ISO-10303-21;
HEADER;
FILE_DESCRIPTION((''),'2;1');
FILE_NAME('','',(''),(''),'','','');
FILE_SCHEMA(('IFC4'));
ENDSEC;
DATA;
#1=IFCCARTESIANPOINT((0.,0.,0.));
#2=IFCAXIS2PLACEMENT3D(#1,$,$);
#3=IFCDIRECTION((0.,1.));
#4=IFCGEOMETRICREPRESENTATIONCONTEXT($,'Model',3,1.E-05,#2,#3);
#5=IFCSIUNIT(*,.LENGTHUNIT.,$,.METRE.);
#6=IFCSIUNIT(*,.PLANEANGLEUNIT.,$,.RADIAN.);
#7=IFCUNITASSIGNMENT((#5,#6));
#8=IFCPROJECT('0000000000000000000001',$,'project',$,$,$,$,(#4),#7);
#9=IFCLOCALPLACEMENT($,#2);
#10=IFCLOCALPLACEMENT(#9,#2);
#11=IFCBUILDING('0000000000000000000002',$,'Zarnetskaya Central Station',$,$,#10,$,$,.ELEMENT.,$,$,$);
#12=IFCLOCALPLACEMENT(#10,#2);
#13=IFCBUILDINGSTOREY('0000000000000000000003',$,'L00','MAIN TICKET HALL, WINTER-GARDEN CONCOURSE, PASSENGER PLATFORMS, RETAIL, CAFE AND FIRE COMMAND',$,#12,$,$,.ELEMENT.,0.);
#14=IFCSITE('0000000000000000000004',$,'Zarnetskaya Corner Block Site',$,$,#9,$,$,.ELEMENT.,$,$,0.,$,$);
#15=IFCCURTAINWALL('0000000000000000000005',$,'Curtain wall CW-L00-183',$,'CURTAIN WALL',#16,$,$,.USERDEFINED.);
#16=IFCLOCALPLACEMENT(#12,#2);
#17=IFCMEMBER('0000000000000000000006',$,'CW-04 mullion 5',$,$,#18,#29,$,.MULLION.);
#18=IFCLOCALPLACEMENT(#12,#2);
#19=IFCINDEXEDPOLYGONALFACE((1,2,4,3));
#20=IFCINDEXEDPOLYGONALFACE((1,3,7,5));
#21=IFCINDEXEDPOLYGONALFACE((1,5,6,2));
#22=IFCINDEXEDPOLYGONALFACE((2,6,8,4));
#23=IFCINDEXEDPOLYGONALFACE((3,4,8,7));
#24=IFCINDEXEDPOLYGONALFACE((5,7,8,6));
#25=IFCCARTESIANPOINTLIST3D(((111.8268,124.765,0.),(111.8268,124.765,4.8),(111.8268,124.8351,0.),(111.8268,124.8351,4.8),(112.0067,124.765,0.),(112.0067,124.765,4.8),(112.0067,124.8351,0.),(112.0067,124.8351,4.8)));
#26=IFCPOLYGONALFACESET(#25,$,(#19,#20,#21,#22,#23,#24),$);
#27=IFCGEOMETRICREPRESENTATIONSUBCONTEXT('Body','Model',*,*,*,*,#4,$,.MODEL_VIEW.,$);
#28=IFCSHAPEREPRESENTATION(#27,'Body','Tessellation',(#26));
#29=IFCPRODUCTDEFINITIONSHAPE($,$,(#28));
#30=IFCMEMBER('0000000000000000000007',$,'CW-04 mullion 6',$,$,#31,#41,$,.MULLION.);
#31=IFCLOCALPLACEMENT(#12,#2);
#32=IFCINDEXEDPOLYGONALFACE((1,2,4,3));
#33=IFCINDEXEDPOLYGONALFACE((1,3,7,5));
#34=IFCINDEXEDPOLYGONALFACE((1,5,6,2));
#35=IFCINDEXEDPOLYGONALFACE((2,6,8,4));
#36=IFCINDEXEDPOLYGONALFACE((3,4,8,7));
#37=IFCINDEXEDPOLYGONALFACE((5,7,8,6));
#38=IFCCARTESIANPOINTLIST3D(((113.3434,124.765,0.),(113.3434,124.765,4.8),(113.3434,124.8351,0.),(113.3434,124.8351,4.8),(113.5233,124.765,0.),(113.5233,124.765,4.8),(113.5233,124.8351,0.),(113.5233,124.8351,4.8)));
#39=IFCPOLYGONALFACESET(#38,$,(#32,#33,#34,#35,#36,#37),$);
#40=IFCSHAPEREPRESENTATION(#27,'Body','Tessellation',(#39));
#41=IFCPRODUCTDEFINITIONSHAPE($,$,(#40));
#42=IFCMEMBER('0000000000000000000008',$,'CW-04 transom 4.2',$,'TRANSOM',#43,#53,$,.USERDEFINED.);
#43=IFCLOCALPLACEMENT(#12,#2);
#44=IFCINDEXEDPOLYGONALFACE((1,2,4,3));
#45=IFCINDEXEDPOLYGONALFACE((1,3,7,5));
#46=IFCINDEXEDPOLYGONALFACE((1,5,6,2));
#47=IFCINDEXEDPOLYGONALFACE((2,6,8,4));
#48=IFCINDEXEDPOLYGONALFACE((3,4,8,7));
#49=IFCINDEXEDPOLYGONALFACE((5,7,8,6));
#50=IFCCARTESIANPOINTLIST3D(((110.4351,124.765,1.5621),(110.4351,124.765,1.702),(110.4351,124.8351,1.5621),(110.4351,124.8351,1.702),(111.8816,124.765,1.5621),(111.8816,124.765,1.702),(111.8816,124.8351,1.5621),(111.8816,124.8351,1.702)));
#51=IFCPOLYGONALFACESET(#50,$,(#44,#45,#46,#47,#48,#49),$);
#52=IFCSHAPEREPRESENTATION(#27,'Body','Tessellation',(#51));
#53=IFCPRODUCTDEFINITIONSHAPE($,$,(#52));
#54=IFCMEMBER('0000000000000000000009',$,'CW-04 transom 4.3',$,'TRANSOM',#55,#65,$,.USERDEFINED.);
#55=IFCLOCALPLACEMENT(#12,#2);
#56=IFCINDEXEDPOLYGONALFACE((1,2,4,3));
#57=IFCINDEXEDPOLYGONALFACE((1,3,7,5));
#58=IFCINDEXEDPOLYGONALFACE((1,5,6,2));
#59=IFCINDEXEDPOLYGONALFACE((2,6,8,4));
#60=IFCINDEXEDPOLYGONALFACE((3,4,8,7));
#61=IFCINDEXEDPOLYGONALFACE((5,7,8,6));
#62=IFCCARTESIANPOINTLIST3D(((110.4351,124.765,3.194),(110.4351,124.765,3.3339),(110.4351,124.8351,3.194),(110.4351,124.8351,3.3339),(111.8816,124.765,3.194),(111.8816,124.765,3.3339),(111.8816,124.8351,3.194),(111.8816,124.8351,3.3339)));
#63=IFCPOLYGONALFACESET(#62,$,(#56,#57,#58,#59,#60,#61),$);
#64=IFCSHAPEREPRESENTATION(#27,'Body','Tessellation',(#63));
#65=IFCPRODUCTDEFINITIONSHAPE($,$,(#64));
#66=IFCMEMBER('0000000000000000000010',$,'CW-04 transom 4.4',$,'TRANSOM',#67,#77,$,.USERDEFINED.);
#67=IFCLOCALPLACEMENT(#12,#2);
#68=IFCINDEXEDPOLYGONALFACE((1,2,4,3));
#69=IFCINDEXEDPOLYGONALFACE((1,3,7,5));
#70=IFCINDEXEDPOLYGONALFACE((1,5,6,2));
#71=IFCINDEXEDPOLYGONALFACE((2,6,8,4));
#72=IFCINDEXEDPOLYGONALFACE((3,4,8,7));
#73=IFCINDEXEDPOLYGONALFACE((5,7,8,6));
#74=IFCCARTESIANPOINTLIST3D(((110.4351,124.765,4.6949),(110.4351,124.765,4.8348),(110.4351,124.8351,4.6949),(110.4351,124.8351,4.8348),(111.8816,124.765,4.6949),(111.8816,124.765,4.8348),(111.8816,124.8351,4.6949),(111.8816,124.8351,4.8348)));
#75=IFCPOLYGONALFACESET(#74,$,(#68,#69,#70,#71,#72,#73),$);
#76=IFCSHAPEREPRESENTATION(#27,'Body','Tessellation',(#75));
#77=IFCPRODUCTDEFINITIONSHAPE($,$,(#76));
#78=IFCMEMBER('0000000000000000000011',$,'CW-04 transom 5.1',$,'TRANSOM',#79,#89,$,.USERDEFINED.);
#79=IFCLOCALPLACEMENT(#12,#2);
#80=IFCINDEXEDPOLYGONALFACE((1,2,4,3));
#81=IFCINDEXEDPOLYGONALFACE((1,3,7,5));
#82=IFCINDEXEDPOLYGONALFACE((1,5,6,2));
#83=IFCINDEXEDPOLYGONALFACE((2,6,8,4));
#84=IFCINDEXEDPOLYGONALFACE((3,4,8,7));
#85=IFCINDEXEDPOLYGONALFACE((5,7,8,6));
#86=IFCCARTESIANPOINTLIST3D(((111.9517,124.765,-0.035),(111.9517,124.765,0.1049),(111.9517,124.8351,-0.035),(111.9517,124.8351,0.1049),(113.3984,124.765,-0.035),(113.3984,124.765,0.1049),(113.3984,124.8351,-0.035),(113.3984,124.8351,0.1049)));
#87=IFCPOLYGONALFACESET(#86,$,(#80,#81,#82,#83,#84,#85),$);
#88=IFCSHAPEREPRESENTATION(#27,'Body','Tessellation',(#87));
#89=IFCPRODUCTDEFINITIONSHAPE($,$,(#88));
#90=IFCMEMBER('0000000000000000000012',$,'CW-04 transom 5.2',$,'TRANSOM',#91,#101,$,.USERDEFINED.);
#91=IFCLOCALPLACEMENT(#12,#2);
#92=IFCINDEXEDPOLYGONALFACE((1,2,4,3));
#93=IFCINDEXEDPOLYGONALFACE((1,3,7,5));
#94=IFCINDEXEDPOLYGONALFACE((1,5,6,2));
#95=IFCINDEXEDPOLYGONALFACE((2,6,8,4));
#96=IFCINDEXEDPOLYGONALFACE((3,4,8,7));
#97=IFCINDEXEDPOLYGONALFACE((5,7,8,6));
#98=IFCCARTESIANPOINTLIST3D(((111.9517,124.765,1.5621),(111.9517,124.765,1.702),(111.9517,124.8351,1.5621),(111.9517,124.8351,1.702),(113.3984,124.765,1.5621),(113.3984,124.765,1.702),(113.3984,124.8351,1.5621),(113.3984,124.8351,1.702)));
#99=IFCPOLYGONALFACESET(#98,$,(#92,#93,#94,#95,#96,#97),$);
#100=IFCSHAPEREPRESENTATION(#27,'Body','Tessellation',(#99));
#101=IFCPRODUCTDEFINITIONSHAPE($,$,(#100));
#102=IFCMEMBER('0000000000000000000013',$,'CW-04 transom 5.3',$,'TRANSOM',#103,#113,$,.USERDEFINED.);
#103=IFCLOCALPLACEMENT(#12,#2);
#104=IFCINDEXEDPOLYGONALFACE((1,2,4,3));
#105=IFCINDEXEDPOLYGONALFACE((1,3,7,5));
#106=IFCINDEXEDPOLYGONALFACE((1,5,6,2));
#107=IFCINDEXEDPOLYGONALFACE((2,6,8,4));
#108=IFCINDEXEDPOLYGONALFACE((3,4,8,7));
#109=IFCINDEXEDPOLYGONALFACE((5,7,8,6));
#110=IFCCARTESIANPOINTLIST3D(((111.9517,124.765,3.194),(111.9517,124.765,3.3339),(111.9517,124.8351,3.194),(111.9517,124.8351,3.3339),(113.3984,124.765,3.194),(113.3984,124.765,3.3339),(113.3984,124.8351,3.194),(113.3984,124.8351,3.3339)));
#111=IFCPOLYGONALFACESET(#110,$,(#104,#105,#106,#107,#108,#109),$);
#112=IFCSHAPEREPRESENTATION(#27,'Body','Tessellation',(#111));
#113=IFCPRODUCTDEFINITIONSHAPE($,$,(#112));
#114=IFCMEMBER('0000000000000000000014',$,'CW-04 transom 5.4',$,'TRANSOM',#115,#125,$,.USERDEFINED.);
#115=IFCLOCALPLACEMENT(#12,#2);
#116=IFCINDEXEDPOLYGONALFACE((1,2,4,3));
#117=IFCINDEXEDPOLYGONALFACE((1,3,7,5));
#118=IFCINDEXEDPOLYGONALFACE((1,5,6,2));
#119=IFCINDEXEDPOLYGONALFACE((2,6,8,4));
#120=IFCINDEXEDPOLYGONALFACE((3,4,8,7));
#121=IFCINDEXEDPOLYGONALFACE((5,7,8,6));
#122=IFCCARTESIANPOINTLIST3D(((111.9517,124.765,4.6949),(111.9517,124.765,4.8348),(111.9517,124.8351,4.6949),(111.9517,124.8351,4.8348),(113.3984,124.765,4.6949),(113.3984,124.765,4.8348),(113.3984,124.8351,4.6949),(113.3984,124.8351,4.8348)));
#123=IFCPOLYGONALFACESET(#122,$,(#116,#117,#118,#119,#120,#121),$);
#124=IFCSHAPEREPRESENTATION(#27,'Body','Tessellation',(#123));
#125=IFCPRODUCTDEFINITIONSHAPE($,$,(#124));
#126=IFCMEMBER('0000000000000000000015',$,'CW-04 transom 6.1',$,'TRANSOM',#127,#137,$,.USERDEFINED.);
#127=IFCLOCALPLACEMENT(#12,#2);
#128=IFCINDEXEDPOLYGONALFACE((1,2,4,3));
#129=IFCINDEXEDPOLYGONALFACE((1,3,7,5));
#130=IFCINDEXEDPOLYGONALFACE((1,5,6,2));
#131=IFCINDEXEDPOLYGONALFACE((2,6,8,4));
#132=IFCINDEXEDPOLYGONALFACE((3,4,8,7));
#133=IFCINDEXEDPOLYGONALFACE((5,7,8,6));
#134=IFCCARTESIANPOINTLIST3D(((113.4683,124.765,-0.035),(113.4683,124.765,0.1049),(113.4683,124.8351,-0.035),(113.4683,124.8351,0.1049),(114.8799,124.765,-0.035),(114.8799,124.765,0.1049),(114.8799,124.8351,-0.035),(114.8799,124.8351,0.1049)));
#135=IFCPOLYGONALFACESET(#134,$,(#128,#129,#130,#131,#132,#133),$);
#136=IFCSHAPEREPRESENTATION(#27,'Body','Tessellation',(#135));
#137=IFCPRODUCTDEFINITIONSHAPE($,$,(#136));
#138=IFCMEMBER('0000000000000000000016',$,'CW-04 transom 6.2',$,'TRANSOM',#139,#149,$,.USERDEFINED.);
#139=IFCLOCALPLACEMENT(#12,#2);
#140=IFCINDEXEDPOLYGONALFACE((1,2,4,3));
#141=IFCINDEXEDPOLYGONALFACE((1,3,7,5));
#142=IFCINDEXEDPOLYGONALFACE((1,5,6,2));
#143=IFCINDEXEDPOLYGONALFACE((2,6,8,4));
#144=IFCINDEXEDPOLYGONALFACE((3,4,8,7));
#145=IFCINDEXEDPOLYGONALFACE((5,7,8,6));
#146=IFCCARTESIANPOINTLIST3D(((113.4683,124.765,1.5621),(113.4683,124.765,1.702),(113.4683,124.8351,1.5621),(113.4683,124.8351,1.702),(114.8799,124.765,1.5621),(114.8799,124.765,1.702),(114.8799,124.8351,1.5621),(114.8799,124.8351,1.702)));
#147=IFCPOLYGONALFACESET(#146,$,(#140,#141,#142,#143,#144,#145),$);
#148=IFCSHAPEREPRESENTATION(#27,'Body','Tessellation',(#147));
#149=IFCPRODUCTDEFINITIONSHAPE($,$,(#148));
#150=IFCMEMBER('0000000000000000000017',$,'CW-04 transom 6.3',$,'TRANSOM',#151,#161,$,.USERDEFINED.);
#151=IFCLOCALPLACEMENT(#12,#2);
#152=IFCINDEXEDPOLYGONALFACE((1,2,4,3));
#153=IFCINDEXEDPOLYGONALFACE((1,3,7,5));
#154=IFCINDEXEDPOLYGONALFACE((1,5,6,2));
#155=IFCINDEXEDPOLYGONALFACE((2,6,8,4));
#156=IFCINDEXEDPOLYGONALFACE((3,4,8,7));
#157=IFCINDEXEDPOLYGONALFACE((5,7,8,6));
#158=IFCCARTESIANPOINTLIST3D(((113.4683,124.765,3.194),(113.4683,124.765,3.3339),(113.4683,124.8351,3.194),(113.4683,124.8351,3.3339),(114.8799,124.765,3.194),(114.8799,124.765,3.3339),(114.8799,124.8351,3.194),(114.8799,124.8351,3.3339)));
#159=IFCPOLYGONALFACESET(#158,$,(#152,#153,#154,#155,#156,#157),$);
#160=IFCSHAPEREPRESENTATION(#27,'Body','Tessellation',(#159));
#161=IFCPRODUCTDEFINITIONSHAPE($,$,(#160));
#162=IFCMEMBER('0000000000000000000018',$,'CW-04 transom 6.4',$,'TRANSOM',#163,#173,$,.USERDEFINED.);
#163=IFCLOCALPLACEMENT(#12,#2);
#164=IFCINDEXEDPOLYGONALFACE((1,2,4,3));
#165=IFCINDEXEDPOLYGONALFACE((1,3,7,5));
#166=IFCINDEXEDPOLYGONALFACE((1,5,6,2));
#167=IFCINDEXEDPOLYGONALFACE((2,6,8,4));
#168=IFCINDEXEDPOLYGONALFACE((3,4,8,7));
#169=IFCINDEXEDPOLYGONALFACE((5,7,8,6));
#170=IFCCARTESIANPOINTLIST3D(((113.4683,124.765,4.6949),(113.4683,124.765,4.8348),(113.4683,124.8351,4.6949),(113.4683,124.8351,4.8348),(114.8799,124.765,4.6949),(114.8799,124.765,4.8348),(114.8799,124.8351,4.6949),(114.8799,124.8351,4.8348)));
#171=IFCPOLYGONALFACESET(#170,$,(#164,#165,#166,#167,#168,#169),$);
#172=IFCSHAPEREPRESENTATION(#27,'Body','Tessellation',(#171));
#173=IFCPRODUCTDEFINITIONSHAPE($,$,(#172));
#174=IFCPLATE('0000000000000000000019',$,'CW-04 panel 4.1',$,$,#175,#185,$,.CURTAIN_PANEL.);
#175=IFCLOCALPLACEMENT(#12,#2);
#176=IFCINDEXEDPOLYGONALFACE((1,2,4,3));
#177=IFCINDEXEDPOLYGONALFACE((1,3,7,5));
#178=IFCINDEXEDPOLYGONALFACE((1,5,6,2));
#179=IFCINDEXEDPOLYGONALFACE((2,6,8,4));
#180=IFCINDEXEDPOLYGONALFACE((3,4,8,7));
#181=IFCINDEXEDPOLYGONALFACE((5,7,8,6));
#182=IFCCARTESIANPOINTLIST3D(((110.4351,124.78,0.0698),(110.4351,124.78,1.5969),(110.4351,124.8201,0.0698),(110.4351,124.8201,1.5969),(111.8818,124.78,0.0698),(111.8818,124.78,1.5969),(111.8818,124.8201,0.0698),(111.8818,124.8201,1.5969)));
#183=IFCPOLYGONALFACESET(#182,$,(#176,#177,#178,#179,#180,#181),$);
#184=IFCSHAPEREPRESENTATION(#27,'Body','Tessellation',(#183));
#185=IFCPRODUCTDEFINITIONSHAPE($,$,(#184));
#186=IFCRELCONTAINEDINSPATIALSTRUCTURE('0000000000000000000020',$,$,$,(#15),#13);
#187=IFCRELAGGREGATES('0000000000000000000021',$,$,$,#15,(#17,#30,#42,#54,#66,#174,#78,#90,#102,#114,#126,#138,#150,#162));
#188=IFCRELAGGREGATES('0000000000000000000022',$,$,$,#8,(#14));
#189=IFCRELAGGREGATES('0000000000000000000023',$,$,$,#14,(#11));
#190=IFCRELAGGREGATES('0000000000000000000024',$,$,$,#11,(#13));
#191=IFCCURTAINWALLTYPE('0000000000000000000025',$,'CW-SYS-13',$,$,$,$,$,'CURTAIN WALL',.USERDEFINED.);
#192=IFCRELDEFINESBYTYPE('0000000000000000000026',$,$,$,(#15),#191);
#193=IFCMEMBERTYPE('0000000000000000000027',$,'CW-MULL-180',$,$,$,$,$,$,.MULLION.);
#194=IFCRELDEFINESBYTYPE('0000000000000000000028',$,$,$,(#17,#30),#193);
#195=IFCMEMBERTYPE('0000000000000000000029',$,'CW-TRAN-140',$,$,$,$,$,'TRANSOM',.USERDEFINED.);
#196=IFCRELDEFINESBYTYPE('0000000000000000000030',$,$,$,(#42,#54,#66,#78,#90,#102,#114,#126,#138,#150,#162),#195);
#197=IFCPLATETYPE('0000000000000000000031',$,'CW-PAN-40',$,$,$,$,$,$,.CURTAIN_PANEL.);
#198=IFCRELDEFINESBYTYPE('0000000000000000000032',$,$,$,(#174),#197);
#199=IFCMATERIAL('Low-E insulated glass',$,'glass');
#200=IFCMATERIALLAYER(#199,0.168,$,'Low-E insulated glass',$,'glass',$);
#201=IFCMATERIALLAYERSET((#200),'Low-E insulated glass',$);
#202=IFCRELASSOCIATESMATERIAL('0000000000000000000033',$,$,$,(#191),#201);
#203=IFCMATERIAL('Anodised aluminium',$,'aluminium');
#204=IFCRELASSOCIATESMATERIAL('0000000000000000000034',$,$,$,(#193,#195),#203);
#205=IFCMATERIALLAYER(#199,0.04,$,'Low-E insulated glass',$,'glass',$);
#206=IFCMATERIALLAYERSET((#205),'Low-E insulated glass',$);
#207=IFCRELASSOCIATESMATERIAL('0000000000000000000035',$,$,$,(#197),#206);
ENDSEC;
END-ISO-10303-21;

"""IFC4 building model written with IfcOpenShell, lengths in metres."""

from ifc_helpers import new_model, si_unit, direction, frame, origin, origin_2d, place, context, subcontext, project, spatial, rectangle, extrude, material, layer, layer_set, material_profile, profile_set, type_object, element, aggregate, save


model = new_model("IFC4")

# Units and contexts
model_context = context("Model", 3, precision=1e-05, world=origin(), true_north=direction((0.0, 1.0)))
body_context = subcontext(model_context, "Body", "Model", "MODEL_VIEW")
ifc_project = project(units=[si_unit("LENGTHUNIT", "METRE"), si_unit("PLANEANGLEUNIT", "RADIAN")], contexts=[model_context])

# Site, building, storey
site_placement = place(None, origin())
site = spatial("IfcSite", under=ifc_project, at=site_placement, Name="Zarnetskaya Corner Block Site", CompositionType="ELEMENT", RefElevation=0.0)
building_placement = place(site_placement, origin())
building = spatial("IfcBuilding", under=site, at=building_placement, Name="Zarnetskaya Central Station", CompositionType="ELEMENT")
storey_placement = place(building_placement, origin())
storey = spatial("IfcBuildingStorey", under=building, at=storey_placement, Name="L00", Description="MAIN TICKET HALL, WINTER-GARDEN CONCOURSE, PASSENGER PLATFORMS, RETAIL, CAFE AND FIRE COMMAND", CompositionType="ELEMENT", Elevation=0.0)

# Curtain wall, members, plate
ifc_material_1 = material(Name="Low-E insulated glass", Category="glass")
ifc_layer_1 = layer(ifc_material_1, 0.168, Name="Low-E insulated glass", Category="glass")
ifc_layer_set_1 = layer_set([ifc_layer_1], Name="Low-E insulated glass")
curtain_wall_type = type_object("IfcCurtainWallType", Name="CW-SYS-13", ElementType="CURTAIN WALL", PredefinedType="USERDEFINED", material=ifc_layer_set_1)
curtain_wall_placement = place(storey_placement, origin())
curtain_wall = element("IfcCurtainWall", 1, at=curtain_wall_placement, inside=storey, type_object=curtain_wall_type, Name="Curtain wall CW-L00-183", ObjectType="CURTAIN WALL", PredefinedType="USERDEFINED")
ifc_material_2 = material(Name="Anodised aluminium", Category="aluminium")
ifc_material_profile_1 = material_profile(ifc_material_2, rectangle(XDim=0.0701, YDim=0.1799, at=origin_2d()), Name="ALU MULL 70x180")
ifc_profile_set_1 = profile_set([ifc_material_profile_1], Name="Anodised aluminium")
member_type_1 = type_object("IfcMemberType", Name="CW-MULL-180", PredefinedType="MULLION", material=ifc_profile_set_1)
member_1_placement = place(storey_placement, frame((111.9167, 124.8, 0.0), z_axis=(0.0, 0.0, 1.0), x_axis=(0.0, 1.0, 0.0)))
member_1 = element("IfcMember", 2, at=member_1_placement, type_object=member_type_1, Name="CW-04 mullion 5", PredefinedType="MULLION", context=body_context, shape_type="SweptSolid", body=[
    extrude(rectangle(XDim=0.0701, YDim=0.1799, at=origin_2d()), origin(), (0.0, 0.0, 1.0), 4.8),
])
member_2_placement = place(storey_placement, frame((113.4333, 124.8, 0.0), z_axis=(0.0, 0.0, 1.0), x_axis=(0.0, 1.0, 0.0)))
member_2 = element("IfcMember", 3, at=member_2_placement, type_object=member_type_1, Name="CW-04 mullion 6", PredefinedType="MULLION", context=body_context, shape_type="SweptSolid", body=[
    extrude(rectangle(XDim=0.0701, YDim=0.1799, at=origin_2d()), origin(), (0.0, 0.0, 1.0), 4.8),
])
ifc_material_profile_2 = material_profile(ifc_material_2, rectangle(XDim=0.0701, YDim=0.1399, at=origin_2d()), Name="ALU TRAN 70x140")
ifc_profile_set_2 = profile_set([ifc_material_profile_2], Name="Anodised aluminium")
member_type_2 = type_object("IfcMemberType", Name="CW-TRAN-140", ElementType="TRANSOM", PredefinedType="USERDEFINED", material=ifc_profile_set_2)
member_3_placement = place(storey_placement, frame((110.4351, 124.8, 1.6321), z_axis=(1.0, 0.0, 0.0), x_axis=(0.0, 1.0, 0.0)))
member_3 = element("IfcMember", 4, at=member_3_placement, type_object=member_type_2, Name="CW-04 transom 4.2", ObjectType="TRANSOM", PredefinedType="USERDEFINED", context=body_context, shape_type="SweptSolid", body=[
    extrude(rectangle(XDim=0.0701, YDim=0.1399, at=origin_2d()), origin(), (0.0, 0.0, 1.0), 1.4465),
])
member_4_placement = place(storey_placement, frame((110.4351, 124.8, 3.2639), z_axis=(1.0, 0.0, 0.0), x_axis=(0.0, 1.0, 0.0)))
member_4 = element("IfcMember", 5, at=member_4_placement, type_object=member_type_2, Name="CW-04 transom 4.3", ObjectType="TRANSOM", PredefinedType="USERDEFINED", context=body_context, shape_type="SweptSolid", body=[
    extrude(rectangle(XDim=0.0701, YDim=0.1399, at=origin_2d()), origin(), (0.0, 0.0, 1.0), 1.4465),
])
member_5_placement = place(storey_placement, frame((110.4351, 124.8, 4.7649), z_axis=(1.0, 0.0, 0.0), x_axis=(0.0, 1.0, 0.0)))
member_5 = element("IfcMember", 6, at=member_5_placement, type_object=member_type_2, Name="CW-04 transom 4.4", ObjectType="TRANSOM", PredefinedType="USERDEFINED", context=body_context, shape_type="SweptSolid", body=[
    extrude(rectangle(XDim=0.0701, YDim=0.1399, at=origin_2d()), origin(), (0.0, 0.0, 1.0), 1.4465),
])
member_6_placement = place(storey_placement, frame((111.9517, 124.8, 0.0349), z_axis=(1.0, 0.0, 0.0), x_axis=(0.0, 1.0, 0.0)))
member_6 = element("IfcMember", 7, at=member_6_placement, type_object=member_type_2, Name="CW-04 transom 5.1", ObjectType="TRANSOM", PredefinedType="USERDEFINED", context=body_context, shape_type="SweptSolid", body=[
    extrude(rectangle(XDim=0.0701, YDim=0.1399, at=origin_2d()), origin(), (0.0, 0.0, 1.0), 1.4468),
])
member_7_placement = place(storey_placement, frame((111.9517, 124.8, 1.6321), z_axis=(1.0, 0.0, 0.0), x_axis=(0.0, 1.0, 0.0)))
member_7 = element("IfcMember", 8, at=member_7_placement, type_object=member_type_2, Name="CW-04 transom 5.2", ObjectType="TRANSOM", PredefinedType="USERDEFINED", context=body_context, shape_type="SweptSolid", body=[
    extrude(rectangle(XDim=0.0701, YDim=0.1399, at=origin_2d()), origin(), (0.0, 0.0, 1.0), 1.4468),
])
member_8_placement = place(storey_placement, frame((111.9517, 124.8, 3.2639), z_axis=(1.0, 0.0, 0.0), x_axis=(0.0, 1.0, 0.0)))
member_8 = element("IfcMember", 9, at=member_8_placement, type_object=member_type_2, Name="CW-04 transom 5.3", ObjectType="TRANSOM", PredefinedType="USERDEFINED", context=body_context, shape_type="SweptSolid", body=[
    extrude(rectangle(XDim=0.0701, YDim=0.1399, at=origin_2d()), origin(), (0.0, 0.0, 1.0), 1.4468),
])
member_9_placement = place(storey_placement, frame((111.9517, 124.8, 4.7649), z_axis=(1.0, 0.0, 0.0), x_axis=(0.0, 1.0, 0.0)))
member_9 = element("IfcMember", 10, at=member_9_placement, type_object=member_type_2, Name="CW-04 transom 5.4", ObjectType="TRANSOM", PredefinedType="USERDEFINED", context=body_context, shape_type="SweptSolid", body=[
    extrude(rectangle(XDim=0.0701, YDim=0.1399, at=origin_2d()), origin(), (0.0, 0.0, 1.0), 1.4468),
])
member_10_placement = place(storey_placement, frame((113.4683, 124.8, 0.0349), z_axis=(1.0, 0.0, 0.0), x_axis=(0.0, 1.0, 0.0)))
member_10 = element("IfcMember", 11, at=member_10_placement, type_object=member_type_2, Name="CW-04 transom 6.1", ObjectType="TRANSOM", PredefinedType="USERDEFINED", context=body_context, shape_type="SweptSolid", body=[
    extrude(rectangle(XDim=0.0701, YDim=0.1399, at=origin_2d()), origin(), (0.0, 0.0, 1.0), 1.4116),
])
member_11_placement = place(storey_placement, frame((113.4683, 124.8, 1.6321), z_axis=(1.0, 0.0, 0.0), x_axis=(0.0, 1.0, 0.0)))
member_11 = element("IfcMember", 12, at=member_11_placement, type_object=member_type_2, Name="CW-04 transom 6.2", ObjectType="TRANSOM", PredefinedType="USERDEFINED", context=body_context, shape_type="SweptSolid", body=[
    extrude(rectangle(XDim=0.0701, YDim=0.1399, at=origin_2d()), origin(), (0.0, 0.0, 1.0), 1.4116),
])
member_12_placement = place(storey_placement, frame((113.4683, 124.8, 3.2639), z_axis=(1.0, 0.0, 0.0), x_axis=(0.0, 1.0, 0.0)))
member_12 = element("IfcMember", 13, at=member_12_placement, type_object=member_type_2, Name="CW-04 transom 6.3", ObjectType="TRANSOM", PredefinedType="USERDEFINED", context=body_context, shape_type="SweptSolid", body=[
    extrude(rectangle(XDim=0.0701, YDim=0.1399, at=origin_2d()), origin(), (0.0, 0.0, 1.0), 1.4116),
])
member_13_placement = place(storey_placement, frame((113.4683, 124.8, 4.7649), z_axis=(1.0, 0.0, 0.0), x_axis=(0.0, 1.0, 0.0)))
member_13 = element("IfcMember", 14, at=member_13_placement, type_object=member_type_2, Name="CW-04 transom 6.4", ObjectType="TRANSOM", PredefinedType="USERDEFINED", context=body_context, shape_type="SweptSolid", body=[
    extrude(rectangle(XDim=0.0701, YDim=0.1399, at=origin_2d()), origin(), (0.0, 0.0, 1.0), 1.4116),
])
ifc_layer_2 = layer(ifc_material_1, 0.04, Name="Low-E insulated glass", Category="glass")
ifc_layer_set_2 = layer_set([ifc_layer_2], Name="Low-E insulated glass")
plate_type = type_object("IfcPlateType", Name="CW-PAN-40", PredefinedType="CURTAIN_PANEL", material=ifc_layer_set_2)
plate_1_placement = place(storey_placement, frame((111.1584, 124.8, 0.0698), z_axis=(0.0, 0.0, 1.0), x_axis=(1.0, 0.0, 0.0)))
plate_1 = element("IfcPlate", 15, at=plate_1_placement, type_object=plate_type, Name="CW-04 panel 4.1", PredefinedType="CURTAIN_PANEL", context=body_context, shape_type="SweptSolid", body=[
    extrude(rectangle(XDim=1.4468, YDim=0.04, at=origin_2d()), origin(), (0.0, 0.0, 1.0), 1.5271),
])
aggregate(curtain_wall, [member_1, member_2, member_3, member_4, member_5, plate_1, member_6, member_7, member_8, member_9, member_10, member_11, member_12, member_13])

save(model, "model.ifc")
